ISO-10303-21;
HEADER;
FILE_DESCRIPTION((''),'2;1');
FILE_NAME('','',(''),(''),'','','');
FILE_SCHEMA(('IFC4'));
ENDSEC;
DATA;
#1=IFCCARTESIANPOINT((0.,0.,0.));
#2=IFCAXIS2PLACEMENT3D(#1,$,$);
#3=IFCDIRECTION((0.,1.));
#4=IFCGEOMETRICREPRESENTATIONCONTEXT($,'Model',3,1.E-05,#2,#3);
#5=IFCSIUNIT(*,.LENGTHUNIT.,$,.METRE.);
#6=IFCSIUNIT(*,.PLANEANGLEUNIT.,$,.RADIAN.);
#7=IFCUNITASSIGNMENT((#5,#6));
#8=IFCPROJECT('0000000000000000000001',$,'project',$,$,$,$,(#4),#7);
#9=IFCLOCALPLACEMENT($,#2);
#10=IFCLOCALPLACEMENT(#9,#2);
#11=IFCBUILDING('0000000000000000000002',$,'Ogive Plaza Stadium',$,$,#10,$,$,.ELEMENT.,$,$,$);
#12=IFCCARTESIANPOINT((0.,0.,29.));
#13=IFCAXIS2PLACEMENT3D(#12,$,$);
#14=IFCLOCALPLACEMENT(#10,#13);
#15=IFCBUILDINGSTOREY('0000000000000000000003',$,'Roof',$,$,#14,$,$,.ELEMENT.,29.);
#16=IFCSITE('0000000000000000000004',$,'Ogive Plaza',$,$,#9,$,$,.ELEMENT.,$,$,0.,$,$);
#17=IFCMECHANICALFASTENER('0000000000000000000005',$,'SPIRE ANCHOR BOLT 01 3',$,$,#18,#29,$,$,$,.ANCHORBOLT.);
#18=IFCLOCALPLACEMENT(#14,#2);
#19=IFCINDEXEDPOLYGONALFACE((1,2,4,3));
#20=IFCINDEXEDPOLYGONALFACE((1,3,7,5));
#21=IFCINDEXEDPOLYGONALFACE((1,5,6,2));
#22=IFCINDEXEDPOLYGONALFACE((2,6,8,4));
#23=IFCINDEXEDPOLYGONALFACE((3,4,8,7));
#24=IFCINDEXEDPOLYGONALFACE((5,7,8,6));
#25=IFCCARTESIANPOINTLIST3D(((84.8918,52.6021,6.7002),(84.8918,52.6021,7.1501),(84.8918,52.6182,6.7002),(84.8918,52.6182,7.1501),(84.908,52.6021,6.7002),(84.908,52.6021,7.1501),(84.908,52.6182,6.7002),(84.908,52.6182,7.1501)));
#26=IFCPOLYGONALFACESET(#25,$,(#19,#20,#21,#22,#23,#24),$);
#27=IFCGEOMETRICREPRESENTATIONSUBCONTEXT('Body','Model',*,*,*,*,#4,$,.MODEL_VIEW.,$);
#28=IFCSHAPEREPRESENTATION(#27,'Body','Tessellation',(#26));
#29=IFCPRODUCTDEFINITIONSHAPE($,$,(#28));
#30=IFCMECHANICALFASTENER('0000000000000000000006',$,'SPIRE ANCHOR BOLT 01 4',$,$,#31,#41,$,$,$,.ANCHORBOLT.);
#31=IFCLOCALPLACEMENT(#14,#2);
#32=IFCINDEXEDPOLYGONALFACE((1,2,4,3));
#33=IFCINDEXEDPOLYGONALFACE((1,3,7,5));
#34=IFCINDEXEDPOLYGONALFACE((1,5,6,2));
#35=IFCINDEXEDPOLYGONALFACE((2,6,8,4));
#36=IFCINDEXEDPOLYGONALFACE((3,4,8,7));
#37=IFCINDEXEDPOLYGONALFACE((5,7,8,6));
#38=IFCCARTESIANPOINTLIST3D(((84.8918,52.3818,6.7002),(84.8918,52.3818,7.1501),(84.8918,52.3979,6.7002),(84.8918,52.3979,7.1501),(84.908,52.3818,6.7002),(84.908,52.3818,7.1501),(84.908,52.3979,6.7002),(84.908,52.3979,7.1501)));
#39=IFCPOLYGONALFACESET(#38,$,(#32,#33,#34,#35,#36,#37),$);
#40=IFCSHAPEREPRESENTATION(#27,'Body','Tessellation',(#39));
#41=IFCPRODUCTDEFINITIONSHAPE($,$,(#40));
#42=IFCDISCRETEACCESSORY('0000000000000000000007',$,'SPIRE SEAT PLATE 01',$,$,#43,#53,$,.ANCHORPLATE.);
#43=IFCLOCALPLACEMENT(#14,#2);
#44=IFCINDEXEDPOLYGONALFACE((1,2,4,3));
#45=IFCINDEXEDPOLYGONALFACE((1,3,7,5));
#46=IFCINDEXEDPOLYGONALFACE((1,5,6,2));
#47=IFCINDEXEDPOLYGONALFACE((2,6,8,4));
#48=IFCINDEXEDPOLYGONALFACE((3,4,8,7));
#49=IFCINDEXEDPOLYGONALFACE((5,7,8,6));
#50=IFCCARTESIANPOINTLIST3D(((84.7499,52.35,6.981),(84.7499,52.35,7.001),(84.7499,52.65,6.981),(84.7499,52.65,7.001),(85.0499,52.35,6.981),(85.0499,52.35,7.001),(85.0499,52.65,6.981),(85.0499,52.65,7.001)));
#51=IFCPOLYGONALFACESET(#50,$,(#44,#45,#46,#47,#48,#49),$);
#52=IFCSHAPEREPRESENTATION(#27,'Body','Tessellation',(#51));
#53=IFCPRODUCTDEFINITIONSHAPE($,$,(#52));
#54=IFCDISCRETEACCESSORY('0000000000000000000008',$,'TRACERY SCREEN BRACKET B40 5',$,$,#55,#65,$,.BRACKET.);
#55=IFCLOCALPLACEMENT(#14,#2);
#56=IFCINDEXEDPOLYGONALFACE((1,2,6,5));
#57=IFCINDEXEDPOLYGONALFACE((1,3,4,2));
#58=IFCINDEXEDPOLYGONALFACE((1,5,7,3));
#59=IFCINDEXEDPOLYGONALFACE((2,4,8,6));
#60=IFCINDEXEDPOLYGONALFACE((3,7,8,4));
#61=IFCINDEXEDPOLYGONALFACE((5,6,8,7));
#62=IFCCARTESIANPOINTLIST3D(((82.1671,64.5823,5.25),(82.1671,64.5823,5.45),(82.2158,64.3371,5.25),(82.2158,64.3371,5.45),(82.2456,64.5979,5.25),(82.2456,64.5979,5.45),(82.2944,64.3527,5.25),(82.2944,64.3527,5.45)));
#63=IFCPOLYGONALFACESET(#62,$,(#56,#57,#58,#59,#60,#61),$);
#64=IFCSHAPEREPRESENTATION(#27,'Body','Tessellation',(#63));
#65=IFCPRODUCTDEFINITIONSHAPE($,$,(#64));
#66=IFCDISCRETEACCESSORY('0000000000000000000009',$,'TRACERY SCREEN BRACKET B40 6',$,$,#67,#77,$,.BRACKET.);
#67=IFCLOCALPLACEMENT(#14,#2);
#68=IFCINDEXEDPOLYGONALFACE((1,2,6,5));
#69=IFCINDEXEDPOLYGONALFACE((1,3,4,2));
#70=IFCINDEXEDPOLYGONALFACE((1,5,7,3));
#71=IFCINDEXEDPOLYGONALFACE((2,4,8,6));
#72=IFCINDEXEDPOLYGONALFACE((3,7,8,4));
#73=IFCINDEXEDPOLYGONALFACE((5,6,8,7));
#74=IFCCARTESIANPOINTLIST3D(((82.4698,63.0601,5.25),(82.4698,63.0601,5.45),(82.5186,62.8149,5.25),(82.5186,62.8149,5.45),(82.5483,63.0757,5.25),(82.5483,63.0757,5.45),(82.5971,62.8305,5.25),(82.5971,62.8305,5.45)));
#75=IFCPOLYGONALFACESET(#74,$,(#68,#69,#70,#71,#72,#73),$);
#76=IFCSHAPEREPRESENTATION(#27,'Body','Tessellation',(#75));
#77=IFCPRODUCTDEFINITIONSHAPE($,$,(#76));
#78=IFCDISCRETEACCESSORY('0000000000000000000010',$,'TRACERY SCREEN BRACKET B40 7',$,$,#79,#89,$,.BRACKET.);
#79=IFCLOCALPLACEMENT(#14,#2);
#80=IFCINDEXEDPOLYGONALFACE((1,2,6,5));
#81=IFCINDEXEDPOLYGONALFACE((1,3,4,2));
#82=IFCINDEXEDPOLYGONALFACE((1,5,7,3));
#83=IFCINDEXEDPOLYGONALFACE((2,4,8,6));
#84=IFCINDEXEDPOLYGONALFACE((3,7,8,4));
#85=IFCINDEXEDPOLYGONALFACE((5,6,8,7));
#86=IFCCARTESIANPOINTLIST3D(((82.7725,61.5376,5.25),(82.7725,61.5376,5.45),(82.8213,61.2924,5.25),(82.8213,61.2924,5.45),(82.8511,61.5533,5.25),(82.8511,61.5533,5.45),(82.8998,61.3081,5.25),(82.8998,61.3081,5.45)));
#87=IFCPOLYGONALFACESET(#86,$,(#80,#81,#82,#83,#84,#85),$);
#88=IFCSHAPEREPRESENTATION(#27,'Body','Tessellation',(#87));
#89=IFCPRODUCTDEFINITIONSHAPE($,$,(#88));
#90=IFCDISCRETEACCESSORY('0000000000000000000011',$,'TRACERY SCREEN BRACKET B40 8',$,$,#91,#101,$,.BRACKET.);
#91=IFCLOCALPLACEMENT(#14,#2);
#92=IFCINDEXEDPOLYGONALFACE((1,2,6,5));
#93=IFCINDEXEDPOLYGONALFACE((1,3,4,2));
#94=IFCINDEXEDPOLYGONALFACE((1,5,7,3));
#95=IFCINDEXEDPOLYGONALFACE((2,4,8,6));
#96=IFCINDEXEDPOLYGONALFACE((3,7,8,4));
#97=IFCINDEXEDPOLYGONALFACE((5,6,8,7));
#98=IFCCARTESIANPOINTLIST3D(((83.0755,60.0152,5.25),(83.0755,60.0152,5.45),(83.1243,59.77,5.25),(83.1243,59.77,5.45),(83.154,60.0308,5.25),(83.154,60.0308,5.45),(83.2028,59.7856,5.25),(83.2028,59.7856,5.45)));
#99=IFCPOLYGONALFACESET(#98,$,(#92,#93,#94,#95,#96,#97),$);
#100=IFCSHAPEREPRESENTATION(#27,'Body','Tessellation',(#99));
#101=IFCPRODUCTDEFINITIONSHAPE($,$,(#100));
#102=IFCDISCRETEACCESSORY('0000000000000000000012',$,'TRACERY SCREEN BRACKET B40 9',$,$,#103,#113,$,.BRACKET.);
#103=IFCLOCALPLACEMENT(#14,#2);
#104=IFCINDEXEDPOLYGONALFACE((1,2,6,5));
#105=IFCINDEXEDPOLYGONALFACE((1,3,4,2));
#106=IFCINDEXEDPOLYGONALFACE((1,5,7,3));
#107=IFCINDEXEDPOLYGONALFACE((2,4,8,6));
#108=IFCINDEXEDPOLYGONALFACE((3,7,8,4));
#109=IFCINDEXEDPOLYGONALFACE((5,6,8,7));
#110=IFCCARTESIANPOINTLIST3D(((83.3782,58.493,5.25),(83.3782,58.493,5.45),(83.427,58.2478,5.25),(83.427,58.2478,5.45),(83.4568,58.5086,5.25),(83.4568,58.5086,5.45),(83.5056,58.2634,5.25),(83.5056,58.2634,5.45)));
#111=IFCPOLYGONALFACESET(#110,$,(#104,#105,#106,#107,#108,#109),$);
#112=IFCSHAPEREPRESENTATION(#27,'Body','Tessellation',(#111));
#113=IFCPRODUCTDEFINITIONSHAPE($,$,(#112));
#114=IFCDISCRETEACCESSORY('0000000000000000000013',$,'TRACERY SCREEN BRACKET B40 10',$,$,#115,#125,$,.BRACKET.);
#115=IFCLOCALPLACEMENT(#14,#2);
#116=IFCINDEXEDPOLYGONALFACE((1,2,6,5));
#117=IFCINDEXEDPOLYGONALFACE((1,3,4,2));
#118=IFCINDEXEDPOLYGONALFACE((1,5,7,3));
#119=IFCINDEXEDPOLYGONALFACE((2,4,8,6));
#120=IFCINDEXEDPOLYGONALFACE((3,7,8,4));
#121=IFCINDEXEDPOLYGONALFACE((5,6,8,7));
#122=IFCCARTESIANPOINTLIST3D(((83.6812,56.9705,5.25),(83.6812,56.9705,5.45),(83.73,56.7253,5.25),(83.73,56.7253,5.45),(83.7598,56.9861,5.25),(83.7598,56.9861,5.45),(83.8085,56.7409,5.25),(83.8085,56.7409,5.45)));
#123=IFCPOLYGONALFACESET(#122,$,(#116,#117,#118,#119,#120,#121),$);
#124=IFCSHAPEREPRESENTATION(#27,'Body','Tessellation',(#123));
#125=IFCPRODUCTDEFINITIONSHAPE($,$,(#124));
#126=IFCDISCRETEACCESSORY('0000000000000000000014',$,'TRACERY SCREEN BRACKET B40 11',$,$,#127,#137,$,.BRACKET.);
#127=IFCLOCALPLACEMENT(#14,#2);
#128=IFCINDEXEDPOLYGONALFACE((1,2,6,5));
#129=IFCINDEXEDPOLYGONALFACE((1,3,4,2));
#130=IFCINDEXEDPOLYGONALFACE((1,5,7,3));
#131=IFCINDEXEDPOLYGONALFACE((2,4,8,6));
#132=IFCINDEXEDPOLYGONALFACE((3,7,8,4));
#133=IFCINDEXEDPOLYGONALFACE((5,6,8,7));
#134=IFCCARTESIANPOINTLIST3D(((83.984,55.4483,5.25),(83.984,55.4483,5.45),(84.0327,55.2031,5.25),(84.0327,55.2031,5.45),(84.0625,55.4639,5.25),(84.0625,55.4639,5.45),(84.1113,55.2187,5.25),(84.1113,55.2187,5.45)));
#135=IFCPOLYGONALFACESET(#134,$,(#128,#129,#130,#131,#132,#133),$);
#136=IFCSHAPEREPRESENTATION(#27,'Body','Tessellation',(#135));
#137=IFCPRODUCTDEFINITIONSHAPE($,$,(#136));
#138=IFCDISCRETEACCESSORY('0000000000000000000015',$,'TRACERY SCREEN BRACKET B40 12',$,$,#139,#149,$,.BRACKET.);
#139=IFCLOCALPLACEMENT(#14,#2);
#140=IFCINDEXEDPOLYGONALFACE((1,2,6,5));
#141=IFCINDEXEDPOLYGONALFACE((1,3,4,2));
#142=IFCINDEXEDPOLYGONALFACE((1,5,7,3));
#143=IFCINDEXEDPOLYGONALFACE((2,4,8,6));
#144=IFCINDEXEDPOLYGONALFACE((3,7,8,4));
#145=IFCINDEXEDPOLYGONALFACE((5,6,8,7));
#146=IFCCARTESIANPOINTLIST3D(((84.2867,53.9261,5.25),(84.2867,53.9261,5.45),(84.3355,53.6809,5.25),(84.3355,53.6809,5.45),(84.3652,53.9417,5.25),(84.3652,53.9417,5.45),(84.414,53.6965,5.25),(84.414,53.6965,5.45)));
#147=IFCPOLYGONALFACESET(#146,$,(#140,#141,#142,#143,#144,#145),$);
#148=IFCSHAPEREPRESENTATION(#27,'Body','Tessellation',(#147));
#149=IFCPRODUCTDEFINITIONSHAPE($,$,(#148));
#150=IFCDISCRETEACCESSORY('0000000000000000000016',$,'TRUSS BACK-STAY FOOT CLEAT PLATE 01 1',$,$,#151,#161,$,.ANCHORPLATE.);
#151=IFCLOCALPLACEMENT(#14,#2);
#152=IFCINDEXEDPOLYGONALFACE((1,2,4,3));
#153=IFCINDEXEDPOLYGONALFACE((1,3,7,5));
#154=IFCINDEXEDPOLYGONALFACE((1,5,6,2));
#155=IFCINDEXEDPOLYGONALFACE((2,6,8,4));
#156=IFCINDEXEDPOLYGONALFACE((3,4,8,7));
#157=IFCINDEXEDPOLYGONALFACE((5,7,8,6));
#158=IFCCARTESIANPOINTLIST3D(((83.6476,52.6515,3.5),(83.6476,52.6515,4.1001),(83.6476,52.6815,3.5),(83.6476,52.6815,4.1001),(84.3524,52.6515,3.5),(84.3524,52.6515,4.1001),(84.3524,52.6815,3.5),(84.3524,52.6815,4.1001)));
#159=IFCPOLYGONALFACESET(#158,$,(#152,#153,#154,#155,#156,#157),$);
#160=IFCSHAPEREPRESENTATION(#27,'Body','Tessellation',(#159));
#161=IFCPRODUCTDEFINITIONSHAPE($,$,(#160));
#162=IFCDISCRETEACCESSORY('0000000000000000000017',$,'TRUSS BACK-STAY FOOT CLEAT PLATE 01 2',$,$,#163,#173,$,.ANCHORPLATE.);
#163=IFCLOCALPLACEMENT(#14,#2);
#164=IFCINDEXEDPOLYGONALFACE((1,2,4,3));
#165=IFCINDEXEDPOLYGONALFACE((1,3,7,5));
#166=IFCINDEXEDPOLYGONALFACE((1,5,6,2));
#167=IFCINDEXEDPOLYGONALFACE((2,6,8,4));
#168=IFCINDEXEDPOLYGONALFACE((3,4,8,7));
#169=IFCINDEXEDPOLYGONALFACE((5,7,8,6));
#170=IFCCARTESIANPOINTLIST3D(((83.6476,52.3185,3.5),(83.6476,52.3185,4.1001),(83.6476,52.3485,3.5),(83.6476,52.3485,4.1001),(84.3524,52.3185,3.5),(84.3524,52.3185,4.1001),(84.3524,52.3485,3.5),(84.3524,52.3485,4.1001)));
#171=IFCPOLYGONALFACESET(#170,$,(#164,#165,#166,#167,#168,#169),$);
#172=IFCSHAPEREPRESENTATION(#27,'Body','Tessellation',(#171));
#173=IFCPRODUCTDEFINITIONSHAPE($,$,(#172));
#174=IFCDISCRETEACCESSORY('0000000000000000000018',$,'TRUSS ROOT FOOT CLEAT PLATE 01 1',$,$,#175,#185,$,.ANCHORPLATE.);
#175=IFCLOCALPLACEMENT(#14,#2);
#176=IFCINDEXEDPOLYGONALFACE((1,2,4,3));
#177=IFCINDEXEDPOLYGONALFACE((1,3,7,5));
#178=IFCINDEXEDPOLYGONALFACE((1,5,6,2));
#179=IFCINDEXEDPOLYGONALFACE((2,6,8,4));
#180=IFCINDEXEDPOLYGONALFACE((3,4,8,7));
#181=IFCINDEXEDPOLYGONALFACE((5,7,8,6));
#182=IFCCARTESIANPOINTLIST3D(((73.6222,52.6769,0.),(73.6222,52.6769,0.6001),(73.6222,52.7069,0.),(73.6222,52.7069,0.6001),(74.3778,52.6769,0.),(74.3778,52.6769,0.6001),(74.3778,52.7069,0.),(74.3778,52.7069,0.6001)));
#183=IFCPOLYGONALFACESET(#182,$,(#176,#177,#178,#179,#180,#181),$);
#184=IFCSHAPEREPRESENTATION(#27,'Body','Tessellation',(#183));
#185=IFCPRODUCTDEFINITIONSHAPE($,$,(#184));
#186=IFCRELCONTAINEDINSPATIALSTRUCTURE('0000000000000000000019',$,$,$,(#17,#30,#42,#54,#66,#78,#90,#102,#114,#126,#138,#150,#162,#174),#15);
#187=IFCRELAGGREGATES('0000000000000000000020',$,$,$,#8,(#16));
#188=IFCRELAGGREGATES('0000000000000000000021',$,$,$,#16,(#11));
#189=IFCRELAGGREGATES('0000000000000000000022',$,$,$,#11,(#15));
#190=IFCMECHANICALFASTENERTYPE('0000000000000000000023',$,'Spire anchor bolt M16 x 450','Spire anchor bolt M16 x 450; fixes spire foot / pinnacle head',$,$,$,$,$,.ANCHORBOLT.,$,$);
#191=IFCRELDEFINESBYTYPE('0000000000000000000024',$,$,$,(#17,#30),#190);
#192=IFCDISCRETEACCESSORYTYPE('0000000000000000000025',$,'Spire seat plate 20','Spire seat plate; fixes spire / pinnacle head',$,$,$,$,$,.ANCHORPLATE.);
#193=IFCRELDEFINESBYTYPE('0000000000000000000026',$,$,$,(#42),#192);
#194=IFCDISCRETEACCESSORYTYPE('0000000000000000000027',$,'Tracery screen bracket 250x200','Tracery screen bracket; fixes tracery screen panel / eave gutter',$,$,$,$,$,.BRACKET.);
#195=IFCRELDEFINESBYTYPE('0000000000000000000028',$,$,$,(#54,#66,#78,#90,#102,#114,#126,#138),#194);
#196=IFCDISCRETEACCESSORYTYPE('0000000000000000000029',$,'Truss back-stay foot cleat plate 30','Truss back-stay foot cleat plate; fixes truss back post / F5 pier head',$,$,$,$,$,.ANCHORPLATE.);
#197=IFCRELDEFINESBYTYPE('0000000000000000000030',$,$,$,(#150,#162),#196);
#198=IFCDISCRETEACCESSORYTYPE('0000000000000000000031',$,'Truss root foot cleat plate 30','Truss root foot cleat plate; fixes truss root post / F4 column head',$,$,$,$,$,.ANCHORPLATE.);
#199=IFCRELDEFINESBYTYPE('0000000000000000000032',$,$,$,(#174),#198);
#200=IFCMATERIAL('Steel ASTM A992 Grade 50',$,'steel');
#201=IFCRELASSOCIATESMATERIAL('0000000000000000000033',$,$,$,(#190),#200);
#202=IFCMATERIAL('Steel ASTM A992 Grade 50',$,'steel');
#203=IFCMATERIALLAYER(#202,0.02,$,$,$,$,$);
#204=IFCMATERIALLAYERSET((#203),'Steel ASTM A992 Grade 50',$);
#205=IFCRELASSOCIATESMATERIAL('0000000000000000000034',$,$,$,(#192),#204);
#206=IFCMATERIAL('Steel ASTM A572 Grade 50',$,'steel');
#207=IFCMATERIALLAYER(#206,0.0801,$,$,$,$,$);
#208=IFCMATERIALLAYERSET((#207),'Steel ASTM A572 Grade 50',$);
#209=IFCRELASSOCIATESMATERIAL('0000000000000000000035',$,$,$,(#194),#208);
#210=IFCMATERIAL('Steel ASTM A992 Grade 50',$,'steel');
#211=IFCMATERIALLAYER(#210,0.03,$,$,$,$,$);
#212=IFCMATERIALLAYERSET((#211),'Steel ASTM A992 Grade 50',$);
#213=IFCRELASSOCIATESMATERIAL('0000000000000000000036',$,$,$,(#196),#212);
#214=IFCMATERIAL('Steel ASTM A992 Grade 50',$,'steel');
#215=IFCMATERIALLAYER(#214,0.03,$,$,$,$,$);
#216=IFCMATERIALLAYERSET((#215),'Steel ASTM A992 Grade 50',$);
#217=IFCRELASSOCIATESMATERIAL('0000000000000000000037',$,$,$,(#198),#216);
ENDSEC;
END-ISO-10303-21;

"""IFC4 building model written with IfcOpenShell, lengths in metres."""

from ifc_helpers import new_model, si_unit, direction, frame, origin, origin_2d, place, context, subcontext, project, spatial, rectangle, extrude, material, layer, layer_set, type_object, element, save


model = new_model("IFC4")

# Units and contexts
model_context = context("Model", 3, precision=1e-05, world=origin(), true_north=direction((0.0, 1.0)))
body_context = subcontext(model_context, "Body", "Model", "MODEL_VIEW")
ifc_project = project(units=[si_unit("LENGTHUNIT", "METRE"), si_unit("PLANEANGLEUNIT", "RADIAN")], contexts=[model_context])

# Site, building, storey
site_placement = place(None, origin())
site = spatial("IfcSite", under=ifc_project, at=site_placement, Name="Ogive Plaza", CompositionType="ELEMENT", RefElevation=0.0)
building_placement = place(site_placement, origin())
building = spatial("IfcBuilding", under=site, at=building_placement, Name="Ogive Plaza Stadium", CompositionType="ELEMENT")
storey_placement = place(building_placement, frame((0.0, 0.0, 29.0)))
storey = spatial("IfcBuildingStorey", under=building, at=storey_placement, Name="Roof", CompositionType="ELEMENT", Elevation=29.0)

# Mechanical fasteners
ifc_material_1 = material(Name="Steel ASTM A992 Grade 50", Category="steel")
mechanical_fastener_type_1 = type_object("IfcMechanicalFastenerType", Name="Spire anchor bolt M16 x 450", Description="Spire anchor bolt M16 x 450; fixes spire foot / pinnacle head", PredefinedType="ANCHORBOLT", material=ifc_material_1)
for number, where, z_axis, x_axis, name in (
    (1, (84.8999, 52.6101, 6.7002), (0.0, 0.0, 1.0), (1.0, 0.0, 0.0), "SPIRE ANCHOR BOLT 01 3"),
    (2, (84.8999, 52.3899, 6.7002), (0.0, 0.0, 1.0), (1.0, 0.0, 0.0), "SPIRE ANCHOR BOLT 01 4"),
):
    element("IfcMechanicalFastener", number, at=place(storey_placement, frame(where, z_axis=z_axis, x_axis=x_axis)), inside=storey, type_object=mechanical_fastener_type_1, Name=name, PredefinedType="ANCHORBOLT", context=body_context, shape_type="SweptSolid", body=[
        extrude(rectangle(XDim=0.0161, YDim=0.0161, at=origin_2d()), origin(), (0.0, 0.0, 1.0), 0.45),
    ])

# Discrete accessories
ifc_material_2 = material(Name="Steel ASTM A992 Grade 50", Category="steel")
ifc_layer_1 = layer(ifc_material_2, 0.02)
ifc_layer_set_1 = layer_set([ifc_layer_1], Name="Steel ASTM A992 Grade 50")
discrete_accessory_type_1 = type_object("IfcDiscreteAccessoryType", Name="Spire seat plate 20", Description="Spire seat plate; fixes spire / pinnacle head", PredefinedType="ANCHORPLATE", material=ifc_layer_set_1)
discrete_accessory_1_placement = place(storey_placement, frame((84.8999, 52.5, 6.981), z_axis=(0.0, 0.0, 1.0), x_axis=(1.0, 0.0, 0.0)))
element("IfcDiscreteAccessory", 3, at=discrete_accessory_1_placement, inside=storey, type_object=discrete_accessory_type_1, Name="SPIRE SEAT PLATE 01", PredefinedType="ANCHORPLATE", context=body_context, shape_type="SweptSolid", body=[
    extrude(rectangle(XDim=0.3, YDim=0.3, at=origin_2d()), origin(), (0.0, 0.0, 1.0), 0.02),
])
ifc_material_3 = material(Name="Steel ASTM A572 Grade 50", Category="steel")
ifc_layer_2 = layer(ifc_material_3, 0.0801)
ifc_layer_set_2 = layer_set([ifc_layer_2], Name="Steel ASTM A572 Grade 50")
discrete_accessory_type_2 = type_object("IfcDiscreteAccessoryType", Name="Tracery screen bracket 250x200", Description="Tracery screen bracket; fixes tracery screen panel / eave gutter", PredefinedType="BRACKET", material=ifc_layer_set_2)
for number, where, z_axis, x_axis, name in (
    (4, (82.2307, 64.4675, 5.25), (0.0, 0.0, 1.0), (0.19509, -0.980785, 0.0), "TRACERY SCREEN BRACKET B40 5"),
    (5, (82.5334, 62.9453, 5.25), (0.0, 0.0, 1.0), (0.19509, -0.980785, 0.0), "TRACERY SCREEN BRACKET B40 6"),
    (6, (82.8362, 61.4229, 5.25), (0.0, 0.0, 1.0), (0.19509, -0.980785, 0.0), "TRACERY SCREEN BRACKET B40 7"),
    (7, (83.1392, 59.9004, 5.25), (0.0, 0.0, 1.0), (0.19509, -0.980785, 0.0), "TRACERY SCREEN BRACKET B40 8"),
    (8, (83.4419, 58.3782, 5.25), (0.0, 0.0, 1.0), (0.19509, -0.980785, 0.0), "TRACERY SCREEN BRACKET B40 9"),
    (9, (83.7449, 56.8557, 5.25), (0.0, 0.0, 1.0), (0.19509, -0.980785, 0.0), "TRACERY SCREEN BRACKET B40 10"),
    (10, (84.0476, 55.3335, 5.25), (0.0, 0.0, 1.0), (0.19509, -0.980785, 0.0), "TRACERY SCREEN BRACKET B40 11"),
    (11, (84.3503, 53.8113, 5.25), (0.0, 0.0, 1.0), (0.19509, -0.980785, 0.0), "TRACERY SCREEN BRACKET B40 12"),
):
    element("IfcDiscreteAccessory", number, at=place(storey_placement, frame(where, z_axis=z_axis, x_axis=x_axis)), inside=storey, type_object=discrete_accessory_type_2, Name=name, PredefinedType="BRACKET", context=body_context, shape_type="SweptSolid", body=[
        extrude(rectangle(XDim=0.25, YDim=0.0801, at=origin_2d()), origin(), (0.0, 0.0, 1.0), 0.2),
    ])
ifc_material_4 = material(Name="Steel ASTM A992 Grade 50", Category="steel")
ifc_layer_3 = layer(ifc_material_4, 0.03)
ifc_layer_set_3 = layer_set([ifc_layer_3], Name="Steel ASTM A992 Grade 50")
discrete_accessory_type_3 = type_object("IfcDiscreteAccessoryType", Name="Truss back-stay foot cleat plate 30", Description="Truss back-stay foot cleat plate; fixes truss back post / F5 pier head", PredefinedType="ANCHORPLATE", material=ifc_layer_set_3)
for number, where, z_axis, x_axis, name in (
    (12, (84.0, 52.6665, 3.5), (0.0, 0.0, 1.0), (1.0, 0.0, 0.0), "TRUSS BACK-STAY FOOT CLEAT PLATE 01 1"),
    (13, (84.0, 52.3335, 3.5), (0.0, 0.0, 1.0), (1.0, 0.0, 0.0), "TRUSS BACK-STAY FOOT CLEAT PLATE 01 2"),
):
    element("IfcDiscreteAccessory", number, at=place(storey_placement, frame(where, z_axis=z_axis, x_axis=x_axis)), inside=storey, type_object=discrete_accessory_type_3, Name=name, PredefinedType="ANCHORPLATE", context=body_context, shape_type="SweptSolid", body=[
        extrude(rectangle(XDim=0.7048, YDim=0.03, at=origin_2d()), origin(), (0.0, 0.0, 1.0), 0.6001),
    ])
ifc_material_5 = material(Name="Steel ASTM A992 Grade 50", Category="steel")
ifc_layer_4 = layer(ifc_material_5, 0.03)
ifc_layer_set_4 = layer_set([ifc_layer_4], Name="Steel ASTM A992 Grade 50")
discrete_accessory_type_4 = type_object("IfcDiscreteAccessoryType", Name="Truss root foot cleat plate 30", Description="Truss root foot cleat plate; fixes truss root post / F4 column head", PredefinedType="ANCHORPLATE", material=ifc_layer_set_4)
discrete_accessory_2_placement = place(storey_placement, frame((74.0, 52.6919, 0.0), z_axis=(0.0, 0.0, 1.0), x_axis=(1.0, 0.0, 0.0)))
element("IfcDiscreteAccessory", 14, at=discrete_accessory_2_placement, inside=storey, type_object=discrete_accessory_type_4, Name="TRUSS ROOT FOOT CLEAT PLATE 01 1", PredefinedType="ANCHORPLATE", context=body_context, shape_type="SweptSolid", body=[
    extrude(rectangle(XDim=0.7556, YDim=0.03, at=origin_2d()), origin(), (0.0, 0.0, 1.0), 0.6001),
])

save(model, "model.ifc")
